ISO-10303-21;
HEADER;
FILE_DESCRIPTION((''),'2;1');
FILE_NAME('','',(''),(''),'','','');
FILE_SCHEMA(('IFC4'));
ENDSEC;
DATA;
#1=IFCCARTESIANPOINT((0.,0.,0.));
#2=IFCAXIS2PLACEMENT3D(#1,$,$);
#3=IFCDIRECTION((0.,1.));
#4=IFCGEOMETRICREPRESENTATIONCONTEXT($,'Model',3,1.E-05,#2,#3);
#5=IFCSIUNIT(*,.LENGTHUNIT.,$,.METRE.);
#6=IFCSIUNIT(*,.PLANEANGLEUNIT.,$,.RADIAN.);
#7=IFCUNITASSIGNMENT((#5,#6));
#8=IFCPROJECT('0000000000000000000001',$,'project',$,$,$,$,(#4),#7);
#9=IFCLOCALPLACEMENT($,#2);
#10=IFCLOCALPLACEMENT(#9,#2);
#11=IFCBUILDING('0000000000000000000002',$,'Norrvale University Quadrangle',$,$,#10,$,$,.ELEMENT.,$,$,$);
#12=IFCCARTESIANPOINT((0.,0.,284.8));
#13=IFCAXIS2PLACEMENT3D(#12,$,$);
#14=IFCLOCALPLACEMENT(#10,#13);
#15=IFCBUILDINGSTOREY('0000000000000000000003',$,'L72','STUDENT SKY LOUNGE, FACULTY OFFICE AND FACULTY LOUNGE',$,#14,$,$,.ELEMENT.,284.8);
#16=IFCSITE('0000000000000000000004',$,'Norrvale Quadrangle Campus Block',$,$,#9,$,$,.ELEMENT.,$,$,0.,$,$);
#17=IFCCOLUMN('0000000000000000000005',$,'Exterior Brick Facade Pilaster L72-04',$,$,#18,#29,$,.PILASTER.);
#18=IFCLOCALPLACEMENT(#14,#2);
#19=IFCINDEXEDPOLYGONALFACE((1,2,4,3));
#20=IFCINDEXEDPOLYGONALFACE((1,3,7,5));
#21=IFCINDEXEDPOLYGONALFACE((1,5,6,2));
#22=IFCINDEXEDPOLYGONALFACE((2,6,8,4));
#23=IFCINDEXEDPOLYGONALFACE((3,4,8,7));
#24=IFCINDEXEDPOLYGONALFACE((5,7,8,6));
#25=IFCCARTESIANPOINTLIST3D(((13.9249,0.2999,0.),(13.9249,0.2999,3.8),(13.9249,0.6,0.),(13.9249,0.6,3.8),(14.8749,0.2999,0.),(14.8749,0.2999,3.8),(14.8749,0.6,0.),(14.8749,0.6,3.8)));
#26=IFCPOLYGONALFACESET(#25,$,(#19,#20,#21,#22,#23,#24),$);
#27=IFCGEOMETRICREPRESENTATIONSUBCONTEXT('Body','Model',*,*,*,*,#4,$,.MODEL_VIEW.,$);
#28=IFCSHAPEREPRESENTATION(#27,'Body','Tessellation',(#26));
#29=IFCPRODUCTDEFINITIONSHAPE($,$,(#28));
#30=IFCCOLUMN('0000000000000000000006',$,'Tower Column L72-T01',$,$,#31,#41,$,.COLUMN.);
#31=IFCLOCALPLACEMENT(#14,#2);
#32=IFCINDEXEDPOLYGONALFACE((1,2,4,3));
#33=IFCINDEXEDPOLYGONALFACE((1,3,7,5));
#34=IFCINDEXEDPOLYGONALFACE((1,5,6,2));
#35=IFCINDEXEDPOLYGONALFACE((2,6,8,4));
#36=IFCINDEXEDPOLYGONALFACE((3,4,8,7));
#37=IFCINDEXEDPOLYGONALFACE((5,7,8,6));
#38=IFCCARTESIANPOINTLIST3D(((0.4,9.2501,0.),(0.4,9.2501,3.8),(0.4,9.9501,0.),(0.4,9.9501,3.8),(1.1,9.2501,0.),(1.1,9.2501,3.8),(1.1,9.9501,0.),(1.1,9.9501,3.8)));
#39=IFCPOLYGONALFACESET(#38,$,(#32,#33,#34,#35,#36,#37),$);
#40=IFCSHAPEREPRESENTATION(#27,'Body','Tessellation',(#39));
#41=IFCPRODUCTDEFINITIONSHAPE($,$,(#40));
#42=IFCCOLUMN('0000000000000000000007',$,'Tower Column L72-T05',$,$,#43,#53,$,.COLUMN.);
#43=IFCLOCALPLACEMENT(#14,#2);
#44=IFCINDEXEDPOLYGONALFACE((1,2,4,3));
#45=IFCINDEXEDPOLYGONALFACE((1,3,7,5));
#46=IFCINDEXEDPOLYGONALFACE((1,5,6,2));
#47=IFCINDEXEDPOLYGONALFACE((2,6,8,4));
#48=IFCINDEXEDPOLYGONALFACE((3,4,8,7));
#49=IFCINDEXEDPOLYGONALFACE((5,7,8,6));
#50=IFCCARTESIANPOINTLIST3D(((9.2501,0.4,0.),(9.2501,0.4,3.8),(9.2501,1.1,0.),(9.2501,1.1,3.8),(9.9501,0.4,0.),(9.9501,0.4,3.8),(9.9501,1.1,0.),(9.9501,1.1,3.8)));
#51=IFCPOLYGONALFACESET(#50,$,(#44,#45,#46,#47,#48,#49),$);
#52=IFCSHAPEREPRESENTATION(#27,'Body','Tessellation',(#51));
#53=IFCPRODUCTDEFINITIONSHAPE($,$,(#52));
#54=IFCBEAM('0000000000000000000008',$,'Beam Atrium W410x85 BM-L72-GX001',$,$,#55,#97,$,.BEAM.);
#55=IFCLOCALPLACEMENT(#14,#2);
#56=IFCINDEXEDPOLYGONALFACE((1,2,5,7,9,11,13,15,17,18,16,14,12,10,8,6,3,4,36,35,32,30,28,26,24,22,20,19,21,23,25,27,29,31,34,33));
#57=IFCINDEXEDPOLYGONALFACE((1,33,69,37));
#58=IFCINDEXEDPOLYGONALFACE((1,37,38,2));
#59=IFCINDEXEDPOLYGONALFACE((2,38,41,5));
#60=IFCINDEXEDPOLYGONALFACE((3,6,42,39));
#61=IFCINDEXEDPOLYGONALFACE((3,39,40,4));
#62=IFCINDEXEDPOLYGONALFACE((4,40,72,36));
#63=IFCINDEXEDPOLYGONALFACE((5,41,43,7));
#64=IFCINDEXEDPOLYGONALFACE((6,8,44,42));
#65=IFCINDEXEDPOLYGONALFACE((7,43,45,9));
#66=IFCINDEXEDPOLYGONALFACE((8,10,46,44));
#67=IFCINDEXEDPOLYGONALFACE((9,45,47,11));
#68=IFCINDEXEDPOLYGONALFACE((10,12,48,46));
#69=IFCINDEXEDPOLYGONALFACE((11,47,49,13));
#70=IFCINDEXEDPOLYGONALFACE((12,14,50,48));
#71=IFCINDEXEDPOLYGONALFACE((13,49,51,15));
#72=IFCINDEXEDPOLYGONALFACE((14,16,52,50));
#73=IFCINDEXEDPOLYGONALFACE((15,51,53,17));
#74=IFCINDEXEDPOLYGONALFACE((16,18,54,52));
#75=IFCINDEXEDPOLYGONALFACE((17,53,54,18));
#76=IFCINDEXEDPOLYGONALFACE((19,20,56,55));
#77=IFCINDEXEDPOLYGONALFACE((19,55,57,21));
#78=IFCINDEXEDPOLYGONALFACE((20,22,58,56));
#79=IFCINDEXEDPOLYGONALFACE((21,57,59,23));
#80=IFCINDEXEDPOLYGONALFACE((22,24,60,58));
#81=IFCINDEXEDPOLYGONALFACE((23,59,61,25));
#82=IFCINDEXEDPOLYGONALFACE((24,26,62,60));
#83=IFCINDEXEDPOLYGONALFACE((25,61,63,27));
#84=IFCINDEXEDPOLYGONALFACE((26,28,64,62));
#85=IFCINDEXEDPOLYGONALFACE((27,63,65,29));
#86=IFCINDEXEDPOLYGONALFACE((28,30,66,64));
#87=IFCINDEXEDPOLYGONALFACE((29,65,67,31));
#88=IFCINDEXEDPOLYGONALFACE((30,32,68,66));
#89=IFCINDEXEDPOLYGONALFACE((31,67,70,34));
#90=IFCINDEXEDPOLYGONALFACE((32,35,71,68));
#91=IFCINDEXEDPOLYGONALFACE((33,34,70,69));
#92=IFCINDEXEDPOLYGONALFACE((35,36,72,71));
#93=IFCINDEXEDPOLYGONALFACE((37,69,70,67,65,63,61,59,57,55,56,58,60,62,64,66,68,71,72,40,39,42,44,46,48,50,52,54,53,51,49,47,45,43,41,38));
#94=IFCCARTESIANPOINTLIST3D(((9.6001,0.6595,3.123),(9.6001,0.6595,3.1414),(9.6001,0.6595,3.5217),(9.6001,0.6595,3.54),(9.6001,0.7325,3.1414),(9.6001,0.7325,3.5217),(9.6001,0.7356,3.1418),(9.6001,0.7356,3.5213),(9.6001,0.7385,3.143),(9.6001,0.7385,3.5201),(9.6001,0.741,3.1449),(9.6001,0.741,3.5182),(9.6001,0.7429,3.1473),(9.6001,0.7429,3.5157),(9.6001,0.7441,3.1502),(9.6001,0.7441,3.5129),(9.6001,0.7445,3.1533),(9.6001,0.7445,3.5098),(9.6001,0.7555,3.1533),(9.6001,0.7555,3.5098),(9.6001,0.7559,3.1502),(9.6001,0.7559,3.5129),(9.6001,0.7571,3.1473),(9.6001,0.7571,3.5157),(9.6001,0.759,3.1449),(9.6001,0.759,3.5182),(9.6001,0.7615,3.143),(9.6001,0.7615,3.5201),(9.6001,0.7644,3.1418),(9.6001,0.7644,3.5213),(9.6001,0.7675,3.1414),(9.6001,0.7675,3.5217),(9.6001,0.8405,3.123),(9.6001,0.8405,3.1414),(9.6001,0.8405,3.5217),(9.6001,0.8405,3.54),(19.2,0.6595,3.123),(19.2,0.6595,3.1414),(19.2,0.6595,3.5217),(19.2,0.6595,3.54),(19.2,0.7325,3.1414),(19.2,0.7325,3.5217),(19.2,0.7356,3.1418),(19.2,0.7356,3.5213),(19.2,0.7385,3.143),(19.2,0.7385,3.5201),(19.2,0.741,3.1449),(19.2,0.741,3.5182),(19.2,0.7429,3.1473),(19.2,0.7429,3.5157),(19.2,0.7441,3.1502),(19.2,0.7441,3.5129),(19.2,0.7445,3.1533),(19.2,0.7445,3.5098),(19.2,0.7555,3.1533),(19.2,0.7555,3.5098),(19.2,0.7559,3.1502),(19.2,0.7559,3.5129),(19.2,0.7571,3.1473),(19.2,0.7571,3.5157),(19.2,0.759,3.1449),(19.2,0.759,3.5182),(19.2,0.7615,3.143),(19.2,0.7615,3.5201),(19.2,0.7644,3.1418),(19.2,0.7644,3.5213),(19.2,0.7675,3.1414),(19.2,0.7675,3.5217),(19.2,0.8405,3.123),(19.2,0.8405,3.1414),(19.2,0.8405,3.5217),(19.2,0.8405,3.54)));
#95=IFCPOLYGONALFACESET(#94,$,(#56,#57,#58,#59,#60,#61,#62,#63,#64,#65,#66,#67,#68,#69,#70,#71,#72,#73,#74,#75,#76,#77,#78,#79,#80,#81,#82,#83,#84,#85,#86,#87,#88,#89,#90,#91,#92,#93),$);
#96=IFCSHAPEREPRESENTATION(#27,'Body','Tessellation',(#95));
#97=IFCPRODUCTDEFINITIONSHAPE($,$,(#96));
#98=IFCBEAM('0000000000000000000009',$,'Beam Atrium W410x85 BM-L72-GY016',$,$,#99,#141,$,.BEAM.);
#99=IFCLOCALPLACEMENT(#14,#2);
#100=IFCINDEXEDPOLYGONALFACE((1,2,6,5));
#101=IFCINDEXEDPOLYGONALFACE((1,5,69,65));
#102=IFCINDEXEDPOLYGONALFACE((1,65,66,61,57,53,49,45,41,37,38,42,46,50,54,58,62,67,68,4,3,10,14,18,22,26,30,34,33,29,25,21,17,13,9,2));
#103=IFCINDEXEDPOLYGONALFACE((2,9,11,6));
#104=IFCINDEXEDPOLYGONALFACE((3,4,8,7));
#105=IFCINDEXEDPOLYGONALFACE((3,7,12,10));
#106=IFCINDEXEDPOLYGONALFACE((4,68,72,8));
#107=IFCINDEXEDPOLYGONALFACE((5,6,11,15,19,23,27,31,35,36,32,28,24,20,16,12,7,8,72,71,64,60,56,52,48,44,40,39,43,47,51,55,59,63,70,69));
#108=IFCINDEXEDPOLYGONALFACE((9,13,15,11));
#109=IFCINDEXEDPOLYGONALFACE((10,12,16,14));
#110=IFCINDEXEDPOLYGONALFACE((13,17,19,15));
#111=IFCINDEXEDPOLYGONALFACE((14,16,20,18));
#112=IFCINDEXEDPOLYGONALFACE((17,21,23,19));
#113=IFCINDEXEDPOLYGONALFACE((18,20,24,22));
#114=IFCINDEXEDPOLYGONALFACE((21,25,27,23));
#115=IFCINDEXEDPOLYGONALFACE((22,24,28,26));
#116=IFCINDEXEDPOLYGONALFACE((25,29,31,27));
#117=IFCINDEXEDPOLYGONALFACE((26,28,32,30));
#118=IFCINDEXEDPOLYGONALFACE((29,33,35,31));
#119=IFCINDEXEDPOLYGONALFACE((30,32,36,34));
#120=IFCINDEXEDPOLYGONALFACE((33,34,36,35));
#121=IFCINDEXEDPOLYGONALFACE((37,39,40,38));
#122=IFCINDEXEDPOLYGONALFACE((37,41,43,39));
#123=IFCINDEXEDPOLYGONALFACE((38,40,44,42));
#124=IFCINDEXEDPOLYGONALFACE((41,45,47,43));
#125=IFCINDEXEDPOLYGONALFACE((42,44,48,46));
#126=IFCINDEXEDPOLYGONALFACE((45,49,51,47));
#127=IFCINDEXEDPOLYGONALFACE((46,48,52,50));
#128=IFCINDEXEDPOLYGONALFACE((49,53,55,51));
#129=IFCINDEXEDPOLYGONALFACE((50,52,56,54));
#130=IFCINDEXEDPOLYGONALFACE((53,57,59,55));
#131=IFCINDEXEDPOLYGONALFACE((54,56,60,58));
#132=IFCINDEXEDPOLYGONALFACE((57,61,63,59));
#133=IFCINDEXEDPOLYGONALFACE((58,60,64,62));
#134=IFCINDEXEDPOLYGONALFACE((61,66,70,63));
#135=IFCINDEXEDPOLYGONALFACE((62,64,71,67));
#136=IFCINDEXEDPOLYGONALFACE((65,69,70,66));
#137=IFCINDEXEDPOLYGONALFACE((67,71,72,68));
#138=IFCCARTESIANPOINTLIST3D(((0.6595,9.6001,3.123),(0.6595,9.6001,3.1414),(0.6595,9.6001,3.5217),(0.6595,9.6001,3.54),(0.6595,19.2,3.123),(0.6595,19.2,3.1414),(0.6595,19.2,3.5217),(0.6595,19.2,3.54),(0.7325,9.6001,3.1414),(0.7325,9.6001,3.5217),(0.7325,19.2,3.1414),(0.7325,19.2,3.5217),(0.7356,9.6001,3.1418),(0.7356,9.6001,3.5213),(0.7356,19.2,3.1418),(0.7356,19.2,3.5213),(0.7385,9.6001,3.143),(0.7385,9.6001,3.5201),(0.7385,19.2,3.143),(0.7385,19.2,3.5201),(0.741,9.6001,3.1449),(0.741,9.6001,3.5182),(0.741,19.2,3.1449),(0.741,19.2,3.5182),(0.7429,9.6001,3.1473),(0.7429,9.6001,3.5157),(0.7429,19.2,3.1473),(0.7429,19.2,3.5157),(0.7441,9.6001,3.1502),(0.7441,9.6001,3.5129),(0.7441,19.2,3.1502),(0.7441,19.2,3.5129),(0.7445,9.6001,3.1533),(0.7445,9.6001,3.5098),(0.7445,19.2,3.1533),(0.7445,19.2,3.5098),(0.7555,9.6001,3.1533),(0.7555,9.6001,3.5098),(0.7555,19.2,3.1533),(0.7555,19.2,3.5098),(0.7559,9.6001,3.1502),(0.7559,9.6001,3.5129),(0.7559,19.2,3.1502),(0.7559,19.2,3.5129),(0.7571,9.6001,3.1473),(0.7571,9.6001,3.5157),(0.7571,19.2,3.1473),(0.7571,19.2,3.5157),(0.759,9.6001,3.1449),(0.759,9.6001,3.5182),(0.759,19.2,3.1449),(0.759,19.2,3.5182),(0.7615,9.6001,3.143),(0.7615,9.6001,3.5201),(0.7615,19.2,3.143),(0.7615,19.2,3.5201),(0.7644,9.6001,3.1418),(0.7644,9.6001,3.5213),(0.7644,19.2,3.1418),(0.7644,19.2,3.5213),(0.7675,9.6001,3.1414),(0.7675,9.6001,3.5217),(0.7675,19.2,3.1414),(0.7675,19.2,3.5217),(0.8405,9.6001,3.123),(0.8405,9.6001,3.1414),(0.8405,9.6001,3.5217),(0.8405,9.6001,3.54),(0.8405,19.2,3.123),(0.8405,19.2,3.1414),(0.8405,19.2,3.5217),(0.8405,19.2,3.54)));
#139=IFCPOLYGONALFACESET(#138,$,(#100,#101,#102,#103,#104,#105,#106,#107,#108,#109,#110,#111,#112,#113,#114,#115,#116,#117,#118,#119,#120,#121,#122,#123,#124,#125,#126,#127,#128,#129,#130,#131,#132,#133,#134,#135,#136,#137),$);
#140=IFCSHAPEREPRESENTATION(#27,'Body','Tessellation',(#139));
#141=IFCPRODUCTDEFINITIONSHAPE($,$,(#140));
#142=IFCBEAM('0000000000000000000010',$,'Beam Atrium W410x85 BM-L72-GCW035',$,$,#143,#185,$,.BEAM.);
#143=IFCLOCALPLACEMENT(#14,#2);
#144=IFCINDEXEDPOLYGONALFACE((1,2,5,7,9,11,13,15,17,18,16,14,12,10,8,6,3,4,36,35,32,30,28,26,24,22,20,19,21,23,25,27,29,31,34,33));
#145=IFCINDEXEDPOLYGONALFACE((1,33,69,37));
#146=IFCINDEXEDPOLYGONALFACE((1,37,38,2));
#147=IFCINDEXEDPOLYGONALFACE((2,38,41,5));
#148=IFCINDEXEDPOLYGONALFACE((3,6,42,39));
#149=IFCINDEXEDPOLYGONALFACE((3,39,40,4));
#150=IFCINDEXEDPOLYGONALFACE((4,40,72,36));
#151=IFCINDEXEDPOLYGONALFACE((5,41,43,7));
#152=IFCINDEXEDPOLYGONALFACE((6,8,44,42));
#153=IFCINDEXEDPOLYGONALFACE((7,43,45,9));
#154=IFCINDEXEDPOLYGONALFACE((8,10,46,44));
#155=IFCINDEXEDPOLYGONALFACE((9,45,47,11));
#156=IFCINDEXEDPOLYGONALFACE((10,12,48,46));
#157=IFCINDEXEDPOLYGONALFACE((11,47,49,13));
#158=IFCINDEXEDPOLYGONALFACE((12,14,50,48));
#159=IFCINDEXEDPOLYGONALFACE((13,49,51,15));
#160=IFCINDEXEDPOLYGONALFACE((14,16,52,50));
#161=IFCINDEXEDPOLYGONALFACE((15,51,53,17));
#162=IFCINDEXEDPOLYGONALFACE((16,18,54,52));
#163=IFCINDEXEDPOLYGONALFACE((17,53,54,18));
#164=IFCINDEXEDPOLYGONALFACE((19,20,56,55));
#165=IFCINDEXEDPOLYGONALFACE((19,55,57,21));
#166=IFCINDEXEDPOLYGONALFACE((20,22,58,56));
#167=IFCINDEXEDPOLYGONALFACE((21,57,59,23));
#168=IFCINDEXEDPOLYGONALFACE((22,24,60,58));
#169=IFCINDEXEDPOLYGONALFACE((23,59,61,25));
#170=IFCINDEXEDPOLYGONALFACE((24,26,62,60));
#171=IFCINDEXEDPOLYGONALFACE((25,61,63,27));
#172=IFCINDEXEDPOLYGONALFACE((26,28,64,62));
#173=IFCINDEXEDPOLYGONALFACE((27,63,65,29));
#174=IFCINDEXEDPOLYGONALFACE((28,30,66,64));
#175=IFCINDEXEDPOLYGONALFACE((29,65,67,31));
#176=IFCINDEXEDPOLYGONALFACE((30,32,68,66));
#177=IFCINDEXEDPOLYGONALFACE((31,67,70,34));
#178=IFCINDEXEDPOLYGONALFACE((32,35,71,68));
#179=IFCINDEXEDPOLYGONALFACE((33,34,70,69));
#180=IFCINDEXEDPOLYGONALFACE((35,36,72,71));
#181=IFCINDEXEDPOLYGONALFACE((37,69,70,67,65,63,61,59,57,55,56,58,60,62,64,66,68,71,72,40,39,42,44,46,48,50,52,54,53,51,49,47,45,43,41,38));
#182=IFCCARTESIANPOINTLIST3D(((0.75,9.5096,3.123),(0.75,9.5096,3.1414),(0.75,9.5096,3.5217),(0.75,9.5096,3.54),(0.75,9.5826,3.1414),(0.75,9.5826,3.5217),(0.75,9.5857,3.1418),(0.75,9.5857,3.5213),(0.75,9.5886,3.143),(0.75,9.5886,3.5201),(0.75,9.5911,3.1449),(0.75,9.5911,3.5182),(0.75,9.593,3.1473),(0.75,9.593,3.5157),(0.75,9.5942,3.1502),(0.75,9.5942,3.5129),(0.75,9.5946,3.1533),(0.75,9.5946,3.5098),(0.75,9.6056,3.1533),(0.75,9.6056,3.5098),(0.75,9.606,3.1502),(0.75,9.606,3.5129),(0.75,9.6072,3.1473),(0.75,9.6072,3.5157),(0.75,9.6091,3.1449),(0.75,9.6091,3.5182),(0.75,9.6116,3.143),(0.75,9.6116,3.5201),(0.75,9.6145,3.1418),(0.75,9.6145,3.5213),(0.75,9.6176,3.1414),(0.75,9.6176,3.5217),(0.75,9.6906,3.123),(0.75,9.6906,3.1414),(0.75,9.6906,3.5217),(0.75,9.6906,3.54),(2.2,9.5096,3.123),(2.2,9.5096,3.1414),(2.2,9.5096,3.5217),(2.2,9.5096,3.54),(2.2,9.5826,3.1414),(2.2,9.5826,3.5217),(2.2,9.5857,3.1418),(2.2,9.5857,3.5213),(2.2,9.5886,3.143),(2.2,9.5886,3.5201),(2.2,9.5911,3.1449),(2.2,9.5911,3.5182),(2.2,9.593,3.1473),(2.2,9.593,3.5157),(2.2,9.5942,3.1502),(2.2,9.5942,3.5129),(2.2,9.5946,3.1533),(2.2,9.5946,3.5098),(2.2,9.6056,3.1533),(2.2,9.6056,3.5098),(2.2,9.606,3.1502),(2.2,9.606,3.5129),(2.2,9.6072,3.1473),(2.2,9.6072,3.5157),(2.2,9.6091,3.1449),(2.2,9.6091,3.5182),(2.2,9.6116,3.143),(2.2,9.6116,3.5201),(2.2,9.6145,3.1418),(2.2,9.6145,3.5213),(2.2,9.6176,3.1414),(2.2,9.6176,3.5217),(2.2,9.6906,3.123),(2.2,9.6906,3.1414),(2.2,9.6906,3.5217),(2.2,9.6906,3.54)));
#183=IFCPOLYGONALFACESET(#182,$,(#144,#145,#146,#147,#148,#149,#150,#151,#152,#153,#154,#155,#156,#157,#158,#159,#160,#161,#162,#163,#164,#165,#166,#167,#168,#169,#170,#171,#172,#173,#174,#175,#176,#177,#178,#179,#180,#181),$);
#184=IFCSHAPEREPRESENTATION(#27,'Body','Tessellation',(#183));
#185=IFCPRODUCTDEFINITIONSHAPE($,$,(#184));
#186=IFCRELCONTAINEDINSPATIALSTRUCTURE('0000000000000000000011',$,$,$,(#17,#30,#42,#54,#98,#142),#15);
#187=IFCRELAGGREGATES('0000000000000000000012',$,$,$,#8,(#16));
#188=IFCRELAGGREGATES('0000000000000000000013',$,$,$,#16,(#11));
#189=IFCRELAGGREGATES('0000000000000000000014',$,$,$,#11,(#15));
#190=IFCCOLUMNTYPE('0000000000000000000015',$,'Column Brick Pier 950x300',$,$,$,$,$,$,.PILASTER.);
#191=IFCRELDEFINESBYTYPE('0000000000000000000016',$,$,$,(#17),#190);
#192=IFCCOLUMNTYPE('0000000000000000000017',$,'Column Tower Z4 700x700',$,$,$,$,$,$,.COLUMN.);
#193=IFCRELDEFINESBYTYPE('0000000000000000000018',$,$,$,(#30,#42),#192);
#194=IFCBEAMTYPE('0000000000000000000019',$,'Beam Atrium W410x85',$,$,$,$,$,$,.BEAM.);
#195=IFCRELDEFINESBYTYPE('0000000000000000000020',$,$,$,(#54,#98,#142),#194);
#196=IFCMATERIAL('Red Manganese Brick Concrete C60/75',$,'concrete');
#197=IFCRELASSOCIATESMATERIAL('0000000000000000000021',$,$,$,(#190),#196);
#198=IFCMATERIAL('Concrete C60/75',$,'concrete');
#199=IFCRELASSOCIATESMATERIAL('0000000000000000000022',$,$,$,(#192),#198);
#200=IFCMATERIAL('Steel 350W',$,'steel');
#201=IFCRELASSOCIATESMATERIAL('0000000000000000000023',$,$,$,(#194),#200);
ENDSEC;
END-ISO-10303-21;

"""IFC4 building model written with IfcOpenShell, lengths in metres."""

from ifc_helpers import new_model, si_unit, direction, frame, origin, origin_2d, place, context, subcontext, project, spatial, rectangle, i_section, extrude, material, material_profile, profile_set, type_object, element, save


model = new_model("IFC4")

# Units and contexts
model_context = context("Model", 3, precision=1e-05, world=origin(), true_north=direction((0.0, 1.0)))
body_context = subcontext(model_context, "Body", "Model", "MODEL_VIEW")
ifc_project = project(units=[si_unit("LENGTHUNIT", "METRE"), si_unit("PLANEANGLEUNIT", "RADIAN")], contexts=[model_context])

# Site, building, storey
site_placement = place(None, origin())
site = spatial("IfcSite", under=ifc_project, at=site_placement, Name="Norrvale Quadrangle Campus Block", CompositionType="ELEMENT", RefElevation=0.0)
building_placement = place(site_placement, origin())
building = spatial("IfcBuilding", under=site, at=building_placement, Name="Norrvale University Quadrangle", CompositionType="ELEMENT")
storey_placement = place(building_placement, frame((0.0, 0.0, 284.8)))
storey = spatial("IfcBuildingStorey", under=building, at=storey_placement, Name="L72", Description="STUDENT SKY LOUNGE, FACULTY OFFICE AND FACULTY LOUNGE", CompositionType="ELEMENT", Elevation=284.8)

# Columns
ifc_material_1 = material(Name="Red Manganese Brick Concrete C60/75", Category="concrete")
ifc_material_profile_1 = material_profile(ifc_material_1, rectangle(XDim=0.95, YDim=0.3, at=origin_2d()), Name="Red Manganese Brick Concrete C60/75")
ifc_profile_set_1 = profile_set([ifc_material_profile_1], Name="Red Manganese Brick Concrete C60/75")
column_type_1 = type_object("IfcColumnType", Name="Column Brick Pier 950x300", PredefinedType="PILASTER", material=ifc_profile_set_1)
column_placement = place(storey_placement, frame((14.3999, 0.45, 0.0), z_axis=(0.0, 0.0, 1.0), x_axis=(1.0, 0.0, 0.0)))
element("IfcColumn", 1, at=column_placement, inside=storey, type_object=column_type_1, Name="Exterior Brick Facade Pilaster L72-04", PredefinedType="PILASTER", context=body_context, shape_type="SweptSolid", body=[
    extrude(rectangle(XDim=0.95, YDim=0.3, at=origin_2d()), origin(), (0.0, 0.0, 1.0), 3.8),
])
ifc_material_2 = material(Name="Concrete C60/75", Category="concrete")
ifc_material_profile_2 = material_profile(ifc_material_2, rectangle(XDim=0.7, YDim=0.7, at=origin_2d()), Name="Concrete C60/75")
ifc_profile_set_2 = profile_set([ifc_material_profile_2], Name="Concrete C60/75")
column_type_2 = type_object("IfcColumnType", Name="Column Tower Z4 700x700", PredefinedType="COLUMN", material=ifc_profile_set_2)
for number, where, z_axis, x_axis, name in (
    (2, (0.75, 9.6001, 0.0), (0.0, 0.0, 1.0), (1.0, 0.0, 0.0), "Tower Column L72-T01"),
    (3, (9.6001, 0.75, 0.0), (0.0, 0.0, 1.0), (1.0, 0.0, 0.0), "Tower Column L72-T05"),
):
    element("IfcColumn", number, at=place(storey_placement, frame(where, z_axis=z_axis, x_axis=x_axis)), inside=storey, type_object=column_type_2, Name=name, PredefinedType="COLUMN", context=body_context, shape_type="SweptSolid", body=[
        extrude(rectangle(XDim=0.7, YDim=0.7, at=origin_2d()), origin(), (0.0, 0.0, 1.0), 3.8),
    ])

# Beams
ifc_material_3 = material(Name="Steel 350W", Category="steel")
ifc_material_profile_3 = material_profile(ifc_material_3, i_section(OverallWidth=0.1809, OverallDepth=0.417, WebThickness=0.011, FlangeThickness=0.0183, FilletRadius=0.012, at=origin_2d()), Name="Steel 350W")
ifc_profile_set_3 = profile_set([ifc_material_profile_3], Name="Steel 350W")
beam_type_1 = type_object("IfcBeamType", Name="Beam Atrium W410x85", PredefinedType="BEAM", material=ifc_profile_set_3)
for number, where, z_axis, x_axis, name in (
    (4, (9.6001, 0.75, 3.3315), (1.0, 0.0, 0.0), (0.0, 1.0, 0.0), "Beam Atrium W410x85 BM-L72-GX001"),
    (5, (0.75, 9.6001, 3.3315), (0.0, 1.0, 0.0), (-1.0, 0.0, 0.0), "Beam Atrium W410x85 BM-L72-GY016"),
):
    element("IfcBeam", number, at=place(storey_placement, frame(where, z_axis=z_axis, x_axis=x_axis)), inside=storey, type_object=beam_type_1, Name=name, PredefinedType="BEAM", context=body_context, shape_type="SweptSolid", body=[
        extrude(i_section(OverallWidth=0.1809, OverallDepth=0.417, WebThickness=0.011, FlangeThickness=0.0183, FilletRadius=0.012, at=origin_2d()), origin(), (0.0, 0.0, 1.0), 9.5999),
    ])
beam_1_placement = place(storey_placement, frame((0.75, 9.6001, 3.3315), z_axis=(1.0, 0.0, 0.0), x_axis=(0.0, 1.0, 0.0)))
element("IfcBeam", 6, at=beam_1_placement, inside=storey, type_object=beam_type_1, Name="Beam Atrium W410x85 BM-L72-GCW035", PredefinedType="BEAM", context=body_context, shape_type="SweptSolid", body=[
    extrude(i_section(OverallWidth=0.1809, OverallDepth=0.417, WebThickness=0.011, FlangeThickness=0.0183, FilletRadius=0.012, at=origin_2d()), origin(), (0.0, 0.0, 1.0), 1.45),
])

save(model, "model.ifc")
